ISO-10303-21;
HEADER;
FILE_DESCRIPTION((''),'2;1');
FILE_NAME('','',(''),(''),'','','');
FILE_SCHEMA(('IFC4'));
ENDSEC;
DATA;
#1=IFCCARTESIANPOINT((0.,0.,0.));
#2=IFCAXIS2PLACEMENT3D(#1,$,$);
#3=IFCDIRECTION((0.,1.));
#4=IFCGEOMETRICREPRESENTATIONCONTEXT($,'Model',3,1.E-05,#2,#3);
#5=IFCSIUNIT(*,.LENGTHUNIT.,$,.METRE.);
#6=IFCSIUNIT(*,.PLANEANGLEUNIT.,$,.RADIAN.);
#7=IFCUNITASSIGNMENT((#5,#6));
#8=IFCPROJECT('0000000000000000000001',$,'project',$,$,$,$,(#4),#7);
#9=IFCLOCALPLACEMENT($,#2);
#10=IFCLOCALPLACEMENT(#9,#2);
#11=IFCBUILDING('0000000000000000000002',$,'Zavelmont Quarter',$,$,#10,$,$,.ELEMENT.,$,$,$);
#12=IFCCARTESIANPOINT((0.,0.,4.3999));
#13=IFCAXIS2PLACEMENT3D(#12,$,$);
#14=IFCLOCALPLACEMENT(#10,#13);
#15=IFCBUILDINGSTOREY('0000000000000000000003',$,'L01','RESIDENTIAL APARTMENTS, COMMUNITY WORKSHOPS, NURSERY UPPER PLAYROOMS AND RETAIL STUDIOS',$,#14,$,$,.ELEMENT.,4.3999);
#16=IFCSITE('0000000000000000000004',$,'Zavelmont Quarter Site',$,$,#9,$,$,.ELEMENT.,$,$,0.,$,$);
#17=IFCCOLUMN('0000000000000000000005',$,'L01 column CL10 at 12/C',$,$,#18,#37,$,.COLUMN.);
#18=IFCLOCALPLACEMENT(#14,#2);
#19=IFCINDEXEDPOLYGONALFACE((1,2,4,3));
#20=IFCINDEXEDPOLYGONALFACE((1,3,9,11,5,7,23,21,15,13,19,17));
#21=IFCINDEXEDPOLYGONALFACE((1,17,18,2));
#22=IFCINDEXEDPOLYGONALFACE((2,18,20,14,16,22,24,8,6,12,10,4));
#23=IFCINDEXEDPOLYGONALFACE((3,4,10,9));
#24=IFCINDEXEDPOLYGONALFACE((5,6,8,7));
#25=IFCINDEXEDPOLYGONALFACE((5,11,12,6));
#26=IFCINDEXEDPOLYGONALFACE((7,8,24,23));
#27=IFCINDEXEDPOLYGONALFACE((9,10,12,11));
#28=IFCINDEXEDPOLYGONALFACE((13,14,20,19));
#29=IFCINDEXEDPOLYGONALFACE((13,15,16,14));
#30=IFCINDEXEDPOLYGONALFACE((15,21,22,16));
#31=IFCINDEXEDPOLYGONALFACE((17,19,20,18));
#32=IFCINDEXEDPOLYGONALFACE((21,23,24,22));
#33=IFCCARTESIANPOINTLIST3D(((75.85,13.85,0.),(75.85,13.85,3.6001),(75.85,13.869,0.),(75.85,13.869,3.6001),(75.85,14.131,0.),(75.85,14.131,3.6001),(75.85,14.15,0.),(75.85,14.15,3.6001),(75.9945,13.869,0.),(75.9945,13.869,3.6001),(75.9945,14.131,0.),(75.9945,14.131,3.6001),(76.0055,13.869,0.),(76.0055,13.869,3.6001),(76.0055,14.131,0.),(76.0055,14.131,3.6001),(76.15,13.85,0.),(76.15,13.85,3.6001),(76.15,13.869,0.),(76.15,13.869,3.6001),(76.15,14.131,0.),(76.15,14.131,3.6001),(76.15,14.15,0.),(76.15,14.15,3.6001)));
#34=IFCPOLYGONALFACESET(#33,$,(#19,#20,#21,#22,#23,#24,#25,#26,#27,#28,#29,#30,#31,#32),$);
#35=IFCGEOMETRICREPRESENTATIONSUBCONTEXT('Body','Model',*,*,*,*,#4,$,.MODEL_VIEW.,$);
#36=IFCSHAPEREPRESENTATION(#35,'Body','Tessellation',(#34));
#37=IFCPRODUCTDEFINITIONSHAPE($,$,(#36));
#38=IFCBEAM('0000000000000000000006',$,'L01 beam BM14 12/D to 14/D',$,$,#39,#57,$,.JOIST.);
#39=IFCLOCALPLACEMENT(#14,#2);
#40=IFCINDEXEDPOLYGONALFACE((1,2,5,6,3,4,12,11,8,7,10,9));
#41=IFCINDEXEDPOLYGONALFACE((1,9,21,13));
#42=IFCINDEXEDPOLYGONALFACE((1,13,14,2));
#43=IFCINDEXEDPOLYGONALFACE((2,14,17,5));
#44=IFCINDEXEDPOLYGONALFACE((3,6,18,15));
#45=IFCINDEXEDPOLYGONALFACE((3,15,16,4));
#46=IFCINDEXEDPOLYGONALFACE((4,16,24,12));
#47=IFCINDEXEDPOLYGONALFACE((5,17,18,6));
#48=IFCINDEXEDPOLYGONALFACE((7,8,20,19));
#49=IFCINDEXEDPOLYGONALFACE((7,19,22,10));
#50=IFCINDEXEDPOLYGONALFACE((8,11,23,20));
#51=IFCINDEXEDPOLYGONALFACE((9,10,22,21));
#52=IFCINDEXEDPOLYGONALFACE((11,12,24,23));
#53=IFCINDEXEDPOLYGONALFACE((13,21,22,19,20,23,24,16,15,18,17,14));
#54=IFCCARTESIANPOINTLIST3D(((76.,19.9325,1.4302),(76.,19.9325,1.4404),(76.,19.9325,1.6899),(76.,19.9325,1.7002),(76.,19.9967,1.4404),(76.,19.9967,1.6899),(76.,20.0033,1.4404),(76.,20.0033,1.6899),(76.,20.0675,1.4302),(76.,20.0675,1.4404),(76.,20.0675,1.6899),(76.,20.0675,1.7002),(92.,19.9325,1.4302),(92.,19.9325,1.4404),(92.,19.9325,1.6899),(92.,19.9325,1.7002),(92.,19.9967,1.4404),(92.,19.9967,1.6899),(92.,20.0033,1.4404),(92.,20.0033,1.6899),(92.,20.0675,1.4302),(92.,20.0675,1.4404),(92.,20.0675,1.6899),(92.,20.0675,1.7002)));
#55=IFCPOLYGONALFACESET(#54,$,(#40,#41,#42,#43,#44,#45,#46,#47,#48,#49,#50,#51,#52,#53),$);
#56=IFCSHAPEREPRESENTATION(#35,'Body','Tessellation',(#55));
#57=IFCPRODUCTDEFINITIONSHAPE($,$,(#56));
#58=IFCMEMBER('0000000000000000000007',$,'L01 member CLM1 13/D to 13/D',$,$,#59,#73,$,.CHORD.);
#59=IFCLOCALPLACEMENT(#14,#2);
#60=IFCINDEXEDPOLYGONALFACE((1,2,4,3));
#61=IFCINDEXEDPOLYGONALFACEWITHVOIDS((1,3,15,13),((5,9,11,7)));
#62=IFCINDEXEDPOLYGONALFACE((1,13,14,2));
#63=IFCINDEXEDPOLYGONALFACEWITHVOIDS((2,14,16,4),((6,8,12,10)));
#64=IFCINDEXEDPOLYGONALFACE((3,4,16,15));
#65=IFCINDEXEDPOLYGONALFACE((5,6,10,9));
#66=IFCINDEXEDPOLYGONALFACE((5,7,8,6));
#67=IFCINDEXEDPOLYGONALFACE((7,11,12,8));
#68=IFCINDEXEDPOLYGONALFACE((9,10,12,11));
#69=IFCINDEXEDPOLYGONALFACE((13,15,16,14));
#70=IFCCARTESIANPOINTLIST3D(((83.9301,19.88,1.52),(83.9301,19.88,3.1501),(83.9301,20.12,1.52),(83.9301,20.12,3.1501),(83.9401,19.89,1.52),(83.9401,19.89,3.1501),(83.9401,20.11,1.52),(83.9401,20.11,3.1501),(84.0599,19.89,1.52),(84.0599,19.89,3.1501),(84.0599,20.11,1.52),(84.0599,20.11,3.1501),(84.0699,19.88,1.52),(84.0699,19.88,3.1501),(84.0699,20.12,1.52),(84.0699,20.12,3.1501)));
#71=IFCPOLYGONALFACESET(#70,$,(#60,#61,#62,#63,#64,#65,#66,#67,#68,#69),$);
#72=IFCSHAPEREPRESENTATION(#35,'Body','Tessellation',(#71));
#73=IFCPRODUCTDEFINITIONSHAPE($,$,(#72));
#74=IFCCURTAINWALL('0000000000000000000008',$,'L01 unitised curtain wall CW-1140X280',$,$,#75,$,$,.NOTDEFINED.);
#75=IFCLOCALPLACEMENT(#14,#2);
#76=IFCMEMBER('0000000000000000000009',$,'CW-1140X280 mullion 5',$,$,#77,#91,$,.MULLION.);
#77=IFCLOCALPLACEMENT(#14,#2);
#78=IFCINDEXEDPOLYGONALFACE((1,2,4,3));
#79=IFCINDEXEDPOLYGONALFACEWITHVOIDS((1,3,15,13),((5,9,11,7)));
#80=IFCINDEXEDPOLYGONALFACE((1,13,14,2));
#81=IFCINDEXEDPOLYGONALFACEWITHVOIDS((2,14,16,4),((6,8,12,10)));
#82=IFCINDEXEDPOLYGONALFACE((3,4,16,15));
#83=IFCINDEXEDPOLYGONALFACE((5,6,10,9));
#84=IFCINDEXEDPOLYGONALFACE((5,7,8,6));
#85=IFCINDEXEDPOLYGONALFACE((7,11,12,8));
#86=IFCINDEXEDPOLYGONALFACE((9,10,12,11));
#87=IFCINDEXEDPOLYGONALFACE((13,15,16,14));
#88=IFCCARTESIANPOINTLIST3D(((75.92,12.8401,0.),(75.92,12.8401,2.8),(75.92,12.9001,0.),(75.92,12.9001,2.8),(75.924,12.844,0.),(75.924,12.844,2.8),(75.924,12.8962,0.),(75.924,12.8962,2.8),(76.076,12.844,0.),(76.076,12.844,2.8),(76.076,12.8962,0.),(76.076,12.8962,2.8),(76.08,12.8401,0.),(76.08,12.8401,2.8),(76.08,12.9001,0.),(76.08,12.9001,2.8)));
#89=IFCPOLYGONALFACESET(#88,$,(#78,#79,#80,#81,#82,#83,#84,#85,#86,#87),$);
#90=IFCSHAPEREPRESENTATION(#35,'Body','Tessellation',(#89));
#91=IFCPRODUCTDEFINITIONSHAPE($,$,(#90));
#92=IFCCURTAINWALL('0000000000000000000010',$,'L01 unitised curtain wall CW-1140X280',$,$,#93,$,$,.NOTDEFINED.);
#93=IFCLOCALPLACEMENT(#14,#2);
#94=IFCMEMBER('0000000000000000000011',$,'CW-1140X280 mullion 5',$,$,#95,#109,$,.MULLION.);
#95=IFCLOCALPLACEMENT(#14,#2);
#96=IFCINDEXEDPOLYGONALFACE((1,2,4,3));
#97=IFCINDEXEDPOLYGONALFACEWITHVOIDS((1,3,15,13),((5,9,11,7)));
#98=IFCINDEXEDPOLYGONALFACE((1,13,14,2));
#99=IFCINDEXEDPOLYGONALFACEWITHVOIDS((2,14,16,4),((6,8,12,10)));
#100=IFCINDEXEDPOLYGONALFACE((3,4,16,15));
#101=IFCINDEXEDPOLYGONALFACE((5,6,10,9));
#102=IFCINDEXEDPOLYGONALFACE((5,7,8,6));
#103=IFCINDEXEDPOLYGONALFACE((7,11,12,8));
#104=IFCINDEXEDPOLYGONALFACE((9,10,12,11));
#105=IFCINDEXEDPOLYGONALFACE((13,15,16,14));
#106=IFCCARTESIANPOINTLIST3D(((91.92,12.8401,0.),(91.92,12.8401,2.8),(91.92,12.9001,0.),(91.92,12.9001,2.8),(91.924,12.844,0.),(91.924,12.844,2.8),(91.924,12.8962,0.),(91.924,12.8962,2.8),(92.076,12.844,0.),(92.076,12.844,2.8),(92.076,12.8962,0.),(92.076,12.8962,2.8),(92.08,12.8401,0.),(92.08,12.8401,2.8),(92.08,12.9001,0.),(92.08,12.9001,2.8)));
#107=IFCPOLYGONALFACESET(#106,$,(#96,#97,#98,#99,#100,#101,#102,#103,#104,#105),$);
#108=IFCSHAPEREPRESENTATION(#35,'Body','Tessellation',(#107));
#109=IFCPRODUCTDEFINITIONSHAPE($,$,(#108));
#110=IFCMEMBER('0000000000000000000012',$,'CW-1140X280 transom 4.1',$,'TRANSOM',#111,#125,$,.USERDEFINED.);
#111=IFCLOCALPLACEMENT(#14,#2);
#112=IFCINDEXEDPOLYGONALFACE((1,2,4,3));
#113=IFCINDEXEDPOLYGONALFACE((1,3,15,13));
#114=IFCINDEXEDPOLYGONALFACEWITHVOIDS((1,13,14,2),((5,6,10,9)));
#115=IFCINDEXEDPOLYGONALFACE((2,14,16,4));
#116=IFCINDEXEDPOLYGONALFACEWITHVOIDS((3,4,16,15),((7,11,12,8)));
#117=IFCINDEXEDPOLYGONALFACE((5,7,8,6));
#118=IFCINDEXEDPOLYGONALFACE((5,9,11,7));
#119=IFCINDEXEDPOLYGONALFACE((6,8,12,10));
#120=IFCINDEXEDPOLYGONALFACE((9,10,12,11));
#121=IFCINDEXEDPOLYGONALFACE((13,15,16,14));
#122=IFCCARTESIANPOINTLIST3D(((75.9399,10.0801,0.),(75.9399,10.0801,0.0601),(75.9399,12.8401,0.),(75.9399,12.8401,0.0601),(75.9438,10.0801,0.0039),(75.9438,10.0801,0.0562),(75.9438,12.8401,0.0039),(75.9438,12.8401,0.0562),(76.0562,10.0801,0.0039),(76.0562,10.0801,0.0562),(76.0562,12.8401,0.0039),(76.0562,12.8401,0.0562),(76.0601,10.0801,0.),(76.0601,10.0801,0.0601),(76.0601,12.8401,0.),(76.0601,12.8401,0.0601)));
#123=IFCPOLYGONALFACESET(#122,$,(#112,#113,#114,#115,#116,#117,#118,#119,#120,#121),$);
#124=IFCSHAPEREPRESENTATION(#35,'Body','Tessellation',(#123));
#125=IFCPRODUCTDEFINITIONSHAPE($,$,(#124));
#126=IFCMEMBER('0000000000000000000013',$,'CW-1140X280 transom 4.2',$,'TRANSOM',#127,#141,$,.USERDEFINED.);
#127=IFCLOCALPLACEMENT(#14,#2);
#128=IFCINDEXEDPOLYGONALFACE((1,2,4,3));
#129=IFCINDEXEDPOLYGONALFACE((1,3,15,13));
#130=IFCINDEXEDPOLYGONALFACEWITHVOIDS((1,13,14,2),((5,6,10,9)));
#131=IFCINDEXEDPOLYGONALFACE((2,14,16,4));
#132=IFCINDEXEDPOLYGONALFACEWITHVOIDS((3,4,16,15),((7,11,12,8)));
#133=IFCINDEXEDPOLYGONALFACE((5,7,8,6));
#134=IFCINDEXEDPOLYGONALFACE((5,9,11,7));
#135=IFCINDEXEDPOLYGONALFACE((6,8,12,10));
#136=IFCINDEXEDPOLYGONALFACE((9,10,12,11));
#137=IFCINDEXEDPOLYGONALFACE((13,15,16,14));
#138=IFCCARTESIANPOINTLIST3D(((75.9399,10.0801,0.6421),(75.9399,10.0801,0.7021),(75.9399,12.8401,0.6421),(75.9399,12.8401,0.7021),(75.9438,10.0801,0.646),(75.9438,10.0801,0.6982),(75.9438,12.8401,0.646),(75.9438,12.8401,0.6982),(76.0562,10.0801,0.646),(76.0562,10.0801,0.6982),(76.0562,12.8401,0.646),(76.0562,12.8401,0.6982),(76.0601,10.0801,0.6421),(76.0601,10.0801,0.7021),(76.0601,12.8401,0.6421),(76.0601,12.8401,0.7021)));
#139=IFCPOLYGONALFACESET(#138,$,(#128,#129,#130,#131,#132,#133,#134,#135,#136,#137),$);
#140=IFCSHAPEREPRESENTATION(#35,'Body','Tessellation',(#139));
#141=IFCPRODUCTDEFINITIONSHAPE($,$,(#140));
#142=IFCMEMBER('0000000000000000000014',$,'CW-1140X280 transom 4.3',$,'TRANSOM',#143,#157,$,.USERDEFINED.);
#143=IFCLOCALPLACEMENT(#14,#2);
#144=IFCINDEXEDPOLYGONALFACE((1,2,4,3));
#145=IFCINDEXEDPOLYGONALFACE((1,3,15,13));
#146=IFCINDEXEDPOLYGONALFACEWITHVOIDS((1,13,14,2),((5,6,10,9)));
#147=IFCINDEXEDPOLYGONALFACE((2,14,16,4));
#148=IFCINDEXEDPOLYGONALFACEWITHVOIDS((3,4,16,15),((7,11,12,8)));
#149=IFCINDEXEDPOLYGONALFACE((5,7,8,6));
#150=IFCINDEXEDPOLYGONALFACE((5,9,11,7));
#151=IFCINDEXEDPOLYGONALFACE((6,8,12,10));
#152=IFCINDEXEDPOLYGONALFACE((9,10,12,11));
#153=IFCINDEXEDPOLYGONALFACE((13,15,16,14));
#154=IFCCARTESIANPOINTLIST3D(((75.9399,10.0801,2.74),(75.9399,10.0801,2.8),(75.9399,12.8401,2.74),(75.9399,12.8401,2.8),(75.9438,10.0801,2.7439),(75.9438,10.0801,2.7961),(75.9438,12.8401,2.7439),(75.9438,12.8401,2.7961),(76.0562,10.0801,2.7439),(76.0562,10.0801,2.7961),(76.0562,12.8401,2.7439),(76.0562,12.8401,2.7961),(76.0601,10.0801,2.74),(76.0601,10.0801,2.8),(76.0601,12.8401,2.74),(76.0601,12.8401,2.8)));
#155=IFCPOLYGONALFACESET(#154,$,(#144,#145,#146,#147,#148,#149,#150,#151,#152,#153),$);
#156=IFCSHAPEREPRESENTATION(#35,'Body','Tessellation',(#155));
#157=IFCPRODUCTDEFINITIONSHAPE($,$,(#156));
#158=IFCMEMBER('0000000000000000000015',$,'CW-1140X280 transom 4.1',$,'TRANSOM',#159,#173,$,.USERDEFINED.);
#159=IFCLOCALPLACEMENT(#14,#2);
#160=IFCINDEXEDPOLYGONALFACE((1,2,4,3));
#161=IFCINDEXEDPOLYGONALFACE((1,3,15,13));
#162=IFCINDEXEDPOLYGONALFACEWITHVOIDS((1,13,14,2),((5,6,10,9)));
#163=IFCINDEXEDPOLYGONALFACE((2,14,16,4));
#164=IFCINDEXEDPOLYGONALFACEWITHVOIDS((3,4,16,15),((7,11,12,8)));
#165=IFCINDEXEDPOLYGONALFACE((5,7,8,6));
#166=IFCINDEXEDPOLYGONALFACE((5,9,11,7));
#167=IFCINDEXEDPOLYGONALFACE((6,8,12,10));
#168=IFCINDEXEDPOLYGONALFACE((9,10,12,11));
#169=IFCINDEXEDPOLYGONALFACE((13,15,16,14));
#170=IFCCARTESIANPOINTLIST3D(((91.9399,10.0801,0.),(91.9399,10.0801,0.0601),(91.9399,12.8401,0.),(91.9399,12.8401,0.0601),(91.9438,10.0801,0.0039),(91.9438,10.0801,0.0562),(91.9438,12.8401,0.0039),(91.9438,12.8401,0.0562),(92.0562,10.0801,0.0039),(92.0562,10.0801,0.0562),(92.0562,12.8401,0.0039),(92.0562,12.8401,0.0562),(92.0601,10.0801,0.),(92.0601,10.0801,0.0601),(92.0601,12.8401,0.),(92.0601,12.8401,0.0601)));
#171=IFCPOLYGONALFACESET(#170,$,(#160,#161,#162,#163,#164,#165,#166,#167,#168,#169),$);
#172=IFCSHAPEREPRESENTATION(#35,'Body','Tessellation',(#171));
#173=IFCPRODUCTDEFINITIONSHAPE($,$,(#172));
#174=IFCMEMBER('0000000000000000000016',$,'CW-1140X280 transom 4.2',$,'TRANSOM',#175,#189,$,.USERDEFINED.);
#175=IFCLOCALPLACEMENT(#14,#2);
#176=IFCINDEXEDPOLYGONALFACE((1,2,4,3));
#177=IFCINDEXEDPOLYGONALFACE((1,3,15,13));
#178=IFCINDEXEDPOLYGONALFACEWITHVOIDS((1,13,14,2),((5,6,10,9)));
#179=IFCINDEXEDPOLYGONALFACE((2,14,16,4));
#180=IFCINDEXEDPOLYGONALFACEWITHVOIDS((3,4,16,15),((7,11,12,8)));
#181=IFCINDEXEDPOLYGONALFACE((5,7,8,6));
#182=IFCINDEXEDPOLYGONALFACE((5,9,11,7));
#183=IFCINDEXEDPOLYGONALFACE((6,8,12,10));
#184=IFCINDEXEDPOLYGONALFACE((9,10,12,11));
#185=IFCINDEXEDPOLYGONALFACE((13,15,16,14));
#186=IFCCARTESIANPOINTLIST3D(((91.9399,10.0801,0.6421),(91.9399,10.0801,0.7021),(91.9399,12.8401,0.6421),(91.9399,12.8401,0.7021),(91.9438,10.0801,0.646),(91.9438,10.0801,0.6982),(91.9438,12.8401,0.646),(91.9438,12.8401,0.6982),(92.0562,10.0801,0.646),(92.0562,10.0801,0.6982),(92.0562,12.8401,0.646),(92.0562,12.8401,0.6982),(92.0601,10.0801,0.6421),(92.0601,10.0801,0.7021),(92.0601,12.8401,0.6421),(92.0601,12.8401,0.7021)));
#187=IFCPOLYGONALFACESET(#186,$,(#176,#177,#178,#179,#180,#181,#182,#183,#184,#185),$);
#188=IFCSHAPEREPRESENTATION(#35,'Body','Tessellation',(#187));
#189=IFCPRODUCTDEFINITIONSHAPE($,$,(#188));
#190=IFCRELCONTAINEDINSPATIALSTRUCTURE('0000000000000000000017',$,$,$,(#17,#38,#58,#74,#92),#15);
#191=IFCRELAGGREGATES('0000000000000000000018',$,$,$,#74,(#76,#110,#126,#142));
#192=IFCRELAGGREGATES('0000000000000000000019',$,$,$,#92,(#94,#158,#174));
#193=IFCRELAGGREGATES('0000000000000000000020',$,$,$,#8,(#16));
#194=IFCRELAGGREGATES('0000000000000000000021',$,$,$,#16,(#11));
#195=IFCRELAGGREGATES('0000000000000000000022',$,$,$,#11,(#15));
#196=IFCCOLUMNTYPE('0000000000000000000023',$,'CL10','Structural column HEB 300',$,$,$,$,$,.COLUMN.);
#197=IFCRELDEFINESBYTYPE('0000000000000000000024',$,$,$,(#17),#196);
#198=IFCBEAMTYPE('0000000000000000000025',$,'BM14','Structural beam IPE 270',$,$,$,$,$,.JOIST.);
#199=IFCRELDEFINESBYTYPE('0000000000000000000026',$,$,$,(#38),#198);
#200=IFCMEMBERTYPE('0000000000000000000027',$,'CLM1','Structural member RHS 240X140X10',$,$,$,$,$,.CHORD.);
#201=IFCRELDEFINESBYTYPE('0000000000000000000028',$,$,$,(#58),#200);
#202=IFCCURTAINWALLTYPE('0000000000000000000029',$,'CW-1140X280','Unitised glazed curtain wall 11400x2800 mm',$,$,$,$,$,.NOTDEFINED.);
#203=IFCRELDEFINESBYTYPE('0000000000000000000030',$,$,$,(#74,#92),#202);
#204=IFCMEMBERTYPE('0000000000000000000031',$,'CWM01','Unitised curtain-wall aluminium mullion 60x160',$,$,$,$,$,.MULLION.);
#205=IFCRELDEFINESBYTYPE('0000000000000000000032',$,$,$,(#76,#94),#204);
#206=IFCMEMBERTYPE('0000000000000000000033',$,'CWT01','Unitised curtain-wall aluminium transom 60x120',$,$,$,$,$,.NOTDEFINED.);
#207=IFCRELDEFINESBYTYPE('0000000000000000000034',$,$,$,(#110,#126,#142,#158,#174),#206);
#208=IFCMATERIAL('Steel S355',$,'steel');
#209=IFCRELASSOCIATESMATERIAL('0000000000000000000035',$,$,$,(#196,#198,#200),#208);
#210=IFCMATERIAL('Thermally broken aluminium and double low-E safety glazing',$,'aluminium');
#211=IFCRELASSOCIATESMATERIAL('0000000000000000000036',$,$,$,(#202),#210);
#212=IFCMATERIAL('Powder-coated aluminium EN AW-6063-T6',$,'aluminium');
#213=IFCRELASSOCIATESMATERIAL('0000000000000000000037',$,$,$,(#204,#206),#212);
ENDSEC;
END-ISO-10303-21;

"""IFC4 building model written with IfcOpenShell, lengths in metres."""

from ifc_helpers import new_model, si_unit, direction, frame, origin, origin_2d, place, context, subcontext, project, spatial, hollow_rectangle, i_section, extrude, material, material_profile, profile_set, type_object, element, aggregate, save


model = new_model("IFC4")

# Units and contexts
model_context = context("Model", 3, precision=1e-05, world=origin(), true_north=direction((0.0, 1.0)))
body_context = subcontext(model_context, "Body", "Model", "MODEL_VIEW")
ifc_project = project(units=[si_unit("LENGTHUNIT", "METRE"), si_unit("PLANEANGLEUNIT", "RADIAN")], contexts=[model_context])

# Site, building, storey
site_placement = place(None, origin())
site = spatial("IfcSite", under=ifc_project, at=site_placement, Name="Zavelmont Quarter Site", CompositionType="ELEMENT", RefElevation=0.0)
building_placement = place(site_placement, origin())
building = spatial("IfcBuilding", under=site, at=building_placement, Name="Zavelmont Quarter", CompositionType="ELEMENT")
storey_placement = place(building_placement, frame((0.0, 0.0, 4.3999)))
storey = spatial("IfcBuildingStorey", under=building, at=storey_placement, Name="L01", Description="RESIDENTIAL APARTMENTS, COMMUNITY WORKSHOPS, NURSERY UPPER PLAYROOMS AND RETAIL STUDIOS", CompositionType="ELEMENT", Elevation=4.3999)

# Column
ifc_material_1 = material(Name="Steel S355", Category="steel")
ifc_material_profile_1 = material_profile(ifc_material_1, i_section(OverallWidth=0.3, OverallDepth=0.3, WebThickness=0.011, FlangeThickness=0.019, at=origin_2d()), Name="HEB 300")
ifc_profile_set_1 = profile_set([ifc_material_profile_1], Name="Steel S355")
column_type = type_object("IfcColumnType", Name="CL10", Description="Structural column HEB 300", PredefinedType="COLUMN", material=ifc_profile_set_1)
column_placement = place(storey_placement, frame((76.0, 14.0, 0.0), z_axis=(0.0, 0.0, 1.0), x_axis=(1.0, 0.0, 0.0)))
element("IfcColumn", 1, at=column_placement, inside=storey, type_object=column_type, Name="L01 column CL10 at 12/C", PredefinedType="COLUMN", context=body_context, shape_type="SweptSolid", body=[
    extrude(i_section(OverallWidth=0.3, OverallDepth=0.3, WebThickness=0.011, FlangeThickness=0.019, at=origin_2d()), origin(), (0.0, 0.0, 1.0), 3.6001),
])

# Beam
ifc_material_profile_2 = material_profile(ifc_material_1, i_section(OverallWidth=0.135, OverallDepth=0.27, WebThickness=0.0066, FlangeThickness=0.0103, at=origin_2d()), Name="IPE 270")
ifc_profile_set_2 = profile_set([ifc_material_profile_2], Name="Steel S355")
beam_type = type_object("IfcBeamType", Name="BM14", Description="Structural beam IPE 270", PredefinedType="JOIST", material=ifc_profile_set_2)
beam_placement = place(storey_placement, frame((76.0, 20.0, 1.5652), z_axis=(1.0, 0.0, 0.0), x_axis=(0.0, 1.0, 0.0)))
element("IfcBeam", 2, at=beam_placement, inside=storey, type_object=beam_type, Name="L01 beam BM14 12/D to 14/D", PredefinedType="JOIST", context=body_context, shape_type="SweptSolid", body=[
    extrude(i_section(OverallWidth=0.135, OverallDepth=0.27, WebThickness=0.0066, FlangeThickness=0.0103, at=origin_2d()), origin(), (0.0, 0.0, 1.0), 16.0),
])

# Member
ifc_material_profile_3 = material_profile(ifc_material_1, hollow_rectangle(XDim=0.1399, YDim=0.24, WallThickness=0.01, at=origin_2d()), Name="RHS 240X140X10")
ifc_profile_set_3 = profile_set([ifc_material_profile_3], Name="Steel S355")
member_type_1 = type_object("IfcMemberType", Name="CLM1", Description="Structural member RHS 240X140X10", PredefinedType="CHORD", material=ifc_profile_set_3)
member_1_placement = place(storey_placement, frame((84.0, 20.0, 1.52), z_axis=(0.0, 0.0, 1.0), x_axis=(1.0, 0.0, 0.0)))
element("IfcMember", 3, at=member_1_placement, inside=storey, type_object=member_type_1, Name="L01 member CLM1 13/D to 13/D", PredefinedType="CHORD", context=body_context, shape_type="SweptSolid", body=[
    extrude(hollow_rectangle(XDim=0.1399, YDim=0.24, WallThickness=0.01, at=origin_2d()), origin(), (0.0, 0.0, 1.0), 1.6301),
])

# Curtain walls, members
ifc_material_2 = material(Name="Thermally broken aluminium and double low-E safety glazing", Category="aluminium")
curtain_wall_type = type_object("IfcCurtainWallType", Name="CW-1140X280", Description="Unitised glazed curtain wall 11400x2800 mm", PredefinedType="NOTDEFINED", material=ifc_material_2)
curtain_wall_1_placement = place(storey_placement, origin())
curtain_wall_1 = element("IfcCurtainWall", 4, at=curtain_wall_1_placement, inside=storey, type_object=curtain_wall_type, Name="L01 unitised curtain wall CW-1140X280", PredefinedType="NOTDEFINED")
ifc_material_3 = material(Name="Powder-coated aluminium EN AW-6063-T6", Category="aluminium")
ifc_material_profile_4 = material_profile(ifc_material_3, hollow_rectangle(XDim=0.0601, YDim=0.1599, WallThickness=0.0039, at=origin_2d()), Name="CWM60X160")
ifc_profile_set_4 = profile_set([ifc_material_profile_4], Name="Powder-coated aluminium EN AW-6063-T6")
member_type_2 = type_object("IfcMemberType", Name="CWM01", Description="Unitised curtain-wall aluminium mullion 60x160", PredefinedType="MULLION", material=ifc_profile_set_4)
member_2_placement = place(storey_placement, frame((76.0, 12.8701, 0.0), z_axis=(0.0, 0.0, 1.0), x_axis=(0.0, 1.0, 0.0)))
member_2 = element("IfcMember", 5, at=member_2_placement, type_object=member_type_2, Name="CW-1140X280 mullion 5", PredefinedType="MULLION", context=body_context, shape_type="SweptSolid", body=[
    extrude(hollow_rectangle(XDim=0.0601, YDim=0.1599, WallThickness=0.0039, at=origin_2d()), origin(), (0.0, 0.0, 1.0), 2.8),
])
curtain_wall_2_placement = place(storey_placement, origin())
curtain_wall_2 = element("IfcCurtainWall", 6, at=curtain_wall_2_placement, inside=storey, type_object=curtain_wall_type, Name="L01 unitised curtain wall CW-1140X280", PredefinedType="NOTDEFINED")
member_3_placement = place(storey_placement, frame((92.0, 12.8701, 0.0), z_axis=(0.0, 0.0, 1.0), x_axis=(0.0, 1.0, 0.0)))
member_3 = element("IfcMember", 7, at=member_3_placement, type_object=member_type_2, Name="CW-1140X280 mullion 5", PredefinedType="MULLION", context=body_context, shape_type="SweptSolid", body=[
    extrude(hollow_rectangle(XDim=0.0601, YDim=0.1599, WallThickness=0.0039, at=origin_2d()), origin(), (0.0, 0.0, 1.0), 2.8),
])

# Members
ifc_material_profile_5 = material_profile(ifc_material_3, hollow_rectangle(XDim=0.1201, YDim=0.0601, WallThickness=0.0039, at=origin_2d()), Name="CWT60X120")
ifc_profile_set_5 = profile_set([ifc_material_profile_5], Name="Powder-coated aluminium EN AW-6063-T6")
member_type_3 = type_object("IfcMemberType", Name="CWT01", Description="Unitised curtain-wall aluminium transom 60x120", PredefinedType="NOTDEFINED", material=ifc_profile_set_5)
member_4_placement = place(storey_placement, frame((76.0, 10.0801, 0.03), z_axis=(0.0, 1.0, 0.0), x_axis=(-1.0, 0.0, 0.0)))
member_4 = element("IfcMember", 8, at=member_4_placement, type_object=member_type_3, Name="CW-1140X280 transom 4.1", ObjectType="TRANSOM", PredefinedType="USERDEFINED", context=body_context, shape_type="SweptSolid", body=[
    extrude(hollow_rectangle(XDim=0.1201, YDim=0.0601, WallThickness=0.0039, at=origin_2d()), origin(), (0.0, 0.0, 1.0), 2.76),
])
member_5_placement = place(storey_placement, frame((76.0, 10.0801, 0.6721), z_axis=(0.0, 1.0, 0.0), x_axis=(-1.0, 0.0, 0.0)))
member_5 = element("IfcMember", 9, at=member_5_placement, type_object=member_type_3, Name="CW-1140X280 transom 4.2", ObjectType="TRANSOM", PredefinedType="USERDEFINED", context=body_context, shape_type="SweptSolid", body=[
    extrude(hollow_rectangle(XDim=0.1201, YDim=0.0601, WallThickness=0.0039, at=origin_2d()), origin(), (0.0, 0.0, 1.0), 2.76),
])
member_6_placement = place(storey_placement, frame((76.0, 10.0801, 2.77), z_axis=(0.0, 1.0, 0.0), x_axis=(-1.0, 0.0, 0.0)))
member_6 = element("IfcMember", 10, at=member_6_placement, type_object=member_type_3, Name="CW-1140X280 transom 4.3", ObjectType="TRANSOM", PredefinedType="USERDEFINED", context=body_context, shape_type="SweptSolid", body=[
    extrude(hollow_rectangle(XDim=0.1201, YDim=0.0601, WallThickness=0.0039, at=origin_2d()), origin(), (0.0, 0.0, 1.0), 2.76),
])
member_7_placement = place(storey_placement, frame((92.0, 10.0801, 0.03), z_axis=(0.0, 1.0, 0.0), x_axis=(-1.0, 0.0, 0.0)))
member_7 = element("IfcMember", 11, at=member_7_placement, type_object=member_type_3, Name="CW-1140X280 transom 4.1", ObjectType="TRANSOM", PredefinedType="USERDEFINED", context=body_context, shape_type="SweptSolid", body=[
    extrude(hollow_rectangle(XDim=0.1201, YDim=0.0601, WallThickness=0.0039, at=origin_2d()), origin(), (0.0, 0.0, 1.0), 2.76),
])
member_8_placement = place(storey_placement, frame((92.0, 10.0801, 0.6721), z_axis=(0.0, 1.0, 0.0), x_axis=(-1.0, 0.0, 0.0)))
member_8 = element("IfcMember", 12, at=member_8_placement, type_object=member_type_3, Name="CW-1140X280 transom 4.2", ObjectType="TRANSOM", PredefinedType="USERDEFINED", context=body_context, shape_type="SweptSolid", body=[
    extrude(hollow_rectangle(XDim=0.1201, YDim=0.0601, WallThickness=0.0039, at=origin_2d()), origin(), (0.0, 0.0, 1.0), 2.76),
])

aggregate(curtain_wall_1, [member_2, member_4, member_5, member_6])
aggregate(curtain_wall_2, [member_3, member_7, member_8])

save(model, "model.ifc")
